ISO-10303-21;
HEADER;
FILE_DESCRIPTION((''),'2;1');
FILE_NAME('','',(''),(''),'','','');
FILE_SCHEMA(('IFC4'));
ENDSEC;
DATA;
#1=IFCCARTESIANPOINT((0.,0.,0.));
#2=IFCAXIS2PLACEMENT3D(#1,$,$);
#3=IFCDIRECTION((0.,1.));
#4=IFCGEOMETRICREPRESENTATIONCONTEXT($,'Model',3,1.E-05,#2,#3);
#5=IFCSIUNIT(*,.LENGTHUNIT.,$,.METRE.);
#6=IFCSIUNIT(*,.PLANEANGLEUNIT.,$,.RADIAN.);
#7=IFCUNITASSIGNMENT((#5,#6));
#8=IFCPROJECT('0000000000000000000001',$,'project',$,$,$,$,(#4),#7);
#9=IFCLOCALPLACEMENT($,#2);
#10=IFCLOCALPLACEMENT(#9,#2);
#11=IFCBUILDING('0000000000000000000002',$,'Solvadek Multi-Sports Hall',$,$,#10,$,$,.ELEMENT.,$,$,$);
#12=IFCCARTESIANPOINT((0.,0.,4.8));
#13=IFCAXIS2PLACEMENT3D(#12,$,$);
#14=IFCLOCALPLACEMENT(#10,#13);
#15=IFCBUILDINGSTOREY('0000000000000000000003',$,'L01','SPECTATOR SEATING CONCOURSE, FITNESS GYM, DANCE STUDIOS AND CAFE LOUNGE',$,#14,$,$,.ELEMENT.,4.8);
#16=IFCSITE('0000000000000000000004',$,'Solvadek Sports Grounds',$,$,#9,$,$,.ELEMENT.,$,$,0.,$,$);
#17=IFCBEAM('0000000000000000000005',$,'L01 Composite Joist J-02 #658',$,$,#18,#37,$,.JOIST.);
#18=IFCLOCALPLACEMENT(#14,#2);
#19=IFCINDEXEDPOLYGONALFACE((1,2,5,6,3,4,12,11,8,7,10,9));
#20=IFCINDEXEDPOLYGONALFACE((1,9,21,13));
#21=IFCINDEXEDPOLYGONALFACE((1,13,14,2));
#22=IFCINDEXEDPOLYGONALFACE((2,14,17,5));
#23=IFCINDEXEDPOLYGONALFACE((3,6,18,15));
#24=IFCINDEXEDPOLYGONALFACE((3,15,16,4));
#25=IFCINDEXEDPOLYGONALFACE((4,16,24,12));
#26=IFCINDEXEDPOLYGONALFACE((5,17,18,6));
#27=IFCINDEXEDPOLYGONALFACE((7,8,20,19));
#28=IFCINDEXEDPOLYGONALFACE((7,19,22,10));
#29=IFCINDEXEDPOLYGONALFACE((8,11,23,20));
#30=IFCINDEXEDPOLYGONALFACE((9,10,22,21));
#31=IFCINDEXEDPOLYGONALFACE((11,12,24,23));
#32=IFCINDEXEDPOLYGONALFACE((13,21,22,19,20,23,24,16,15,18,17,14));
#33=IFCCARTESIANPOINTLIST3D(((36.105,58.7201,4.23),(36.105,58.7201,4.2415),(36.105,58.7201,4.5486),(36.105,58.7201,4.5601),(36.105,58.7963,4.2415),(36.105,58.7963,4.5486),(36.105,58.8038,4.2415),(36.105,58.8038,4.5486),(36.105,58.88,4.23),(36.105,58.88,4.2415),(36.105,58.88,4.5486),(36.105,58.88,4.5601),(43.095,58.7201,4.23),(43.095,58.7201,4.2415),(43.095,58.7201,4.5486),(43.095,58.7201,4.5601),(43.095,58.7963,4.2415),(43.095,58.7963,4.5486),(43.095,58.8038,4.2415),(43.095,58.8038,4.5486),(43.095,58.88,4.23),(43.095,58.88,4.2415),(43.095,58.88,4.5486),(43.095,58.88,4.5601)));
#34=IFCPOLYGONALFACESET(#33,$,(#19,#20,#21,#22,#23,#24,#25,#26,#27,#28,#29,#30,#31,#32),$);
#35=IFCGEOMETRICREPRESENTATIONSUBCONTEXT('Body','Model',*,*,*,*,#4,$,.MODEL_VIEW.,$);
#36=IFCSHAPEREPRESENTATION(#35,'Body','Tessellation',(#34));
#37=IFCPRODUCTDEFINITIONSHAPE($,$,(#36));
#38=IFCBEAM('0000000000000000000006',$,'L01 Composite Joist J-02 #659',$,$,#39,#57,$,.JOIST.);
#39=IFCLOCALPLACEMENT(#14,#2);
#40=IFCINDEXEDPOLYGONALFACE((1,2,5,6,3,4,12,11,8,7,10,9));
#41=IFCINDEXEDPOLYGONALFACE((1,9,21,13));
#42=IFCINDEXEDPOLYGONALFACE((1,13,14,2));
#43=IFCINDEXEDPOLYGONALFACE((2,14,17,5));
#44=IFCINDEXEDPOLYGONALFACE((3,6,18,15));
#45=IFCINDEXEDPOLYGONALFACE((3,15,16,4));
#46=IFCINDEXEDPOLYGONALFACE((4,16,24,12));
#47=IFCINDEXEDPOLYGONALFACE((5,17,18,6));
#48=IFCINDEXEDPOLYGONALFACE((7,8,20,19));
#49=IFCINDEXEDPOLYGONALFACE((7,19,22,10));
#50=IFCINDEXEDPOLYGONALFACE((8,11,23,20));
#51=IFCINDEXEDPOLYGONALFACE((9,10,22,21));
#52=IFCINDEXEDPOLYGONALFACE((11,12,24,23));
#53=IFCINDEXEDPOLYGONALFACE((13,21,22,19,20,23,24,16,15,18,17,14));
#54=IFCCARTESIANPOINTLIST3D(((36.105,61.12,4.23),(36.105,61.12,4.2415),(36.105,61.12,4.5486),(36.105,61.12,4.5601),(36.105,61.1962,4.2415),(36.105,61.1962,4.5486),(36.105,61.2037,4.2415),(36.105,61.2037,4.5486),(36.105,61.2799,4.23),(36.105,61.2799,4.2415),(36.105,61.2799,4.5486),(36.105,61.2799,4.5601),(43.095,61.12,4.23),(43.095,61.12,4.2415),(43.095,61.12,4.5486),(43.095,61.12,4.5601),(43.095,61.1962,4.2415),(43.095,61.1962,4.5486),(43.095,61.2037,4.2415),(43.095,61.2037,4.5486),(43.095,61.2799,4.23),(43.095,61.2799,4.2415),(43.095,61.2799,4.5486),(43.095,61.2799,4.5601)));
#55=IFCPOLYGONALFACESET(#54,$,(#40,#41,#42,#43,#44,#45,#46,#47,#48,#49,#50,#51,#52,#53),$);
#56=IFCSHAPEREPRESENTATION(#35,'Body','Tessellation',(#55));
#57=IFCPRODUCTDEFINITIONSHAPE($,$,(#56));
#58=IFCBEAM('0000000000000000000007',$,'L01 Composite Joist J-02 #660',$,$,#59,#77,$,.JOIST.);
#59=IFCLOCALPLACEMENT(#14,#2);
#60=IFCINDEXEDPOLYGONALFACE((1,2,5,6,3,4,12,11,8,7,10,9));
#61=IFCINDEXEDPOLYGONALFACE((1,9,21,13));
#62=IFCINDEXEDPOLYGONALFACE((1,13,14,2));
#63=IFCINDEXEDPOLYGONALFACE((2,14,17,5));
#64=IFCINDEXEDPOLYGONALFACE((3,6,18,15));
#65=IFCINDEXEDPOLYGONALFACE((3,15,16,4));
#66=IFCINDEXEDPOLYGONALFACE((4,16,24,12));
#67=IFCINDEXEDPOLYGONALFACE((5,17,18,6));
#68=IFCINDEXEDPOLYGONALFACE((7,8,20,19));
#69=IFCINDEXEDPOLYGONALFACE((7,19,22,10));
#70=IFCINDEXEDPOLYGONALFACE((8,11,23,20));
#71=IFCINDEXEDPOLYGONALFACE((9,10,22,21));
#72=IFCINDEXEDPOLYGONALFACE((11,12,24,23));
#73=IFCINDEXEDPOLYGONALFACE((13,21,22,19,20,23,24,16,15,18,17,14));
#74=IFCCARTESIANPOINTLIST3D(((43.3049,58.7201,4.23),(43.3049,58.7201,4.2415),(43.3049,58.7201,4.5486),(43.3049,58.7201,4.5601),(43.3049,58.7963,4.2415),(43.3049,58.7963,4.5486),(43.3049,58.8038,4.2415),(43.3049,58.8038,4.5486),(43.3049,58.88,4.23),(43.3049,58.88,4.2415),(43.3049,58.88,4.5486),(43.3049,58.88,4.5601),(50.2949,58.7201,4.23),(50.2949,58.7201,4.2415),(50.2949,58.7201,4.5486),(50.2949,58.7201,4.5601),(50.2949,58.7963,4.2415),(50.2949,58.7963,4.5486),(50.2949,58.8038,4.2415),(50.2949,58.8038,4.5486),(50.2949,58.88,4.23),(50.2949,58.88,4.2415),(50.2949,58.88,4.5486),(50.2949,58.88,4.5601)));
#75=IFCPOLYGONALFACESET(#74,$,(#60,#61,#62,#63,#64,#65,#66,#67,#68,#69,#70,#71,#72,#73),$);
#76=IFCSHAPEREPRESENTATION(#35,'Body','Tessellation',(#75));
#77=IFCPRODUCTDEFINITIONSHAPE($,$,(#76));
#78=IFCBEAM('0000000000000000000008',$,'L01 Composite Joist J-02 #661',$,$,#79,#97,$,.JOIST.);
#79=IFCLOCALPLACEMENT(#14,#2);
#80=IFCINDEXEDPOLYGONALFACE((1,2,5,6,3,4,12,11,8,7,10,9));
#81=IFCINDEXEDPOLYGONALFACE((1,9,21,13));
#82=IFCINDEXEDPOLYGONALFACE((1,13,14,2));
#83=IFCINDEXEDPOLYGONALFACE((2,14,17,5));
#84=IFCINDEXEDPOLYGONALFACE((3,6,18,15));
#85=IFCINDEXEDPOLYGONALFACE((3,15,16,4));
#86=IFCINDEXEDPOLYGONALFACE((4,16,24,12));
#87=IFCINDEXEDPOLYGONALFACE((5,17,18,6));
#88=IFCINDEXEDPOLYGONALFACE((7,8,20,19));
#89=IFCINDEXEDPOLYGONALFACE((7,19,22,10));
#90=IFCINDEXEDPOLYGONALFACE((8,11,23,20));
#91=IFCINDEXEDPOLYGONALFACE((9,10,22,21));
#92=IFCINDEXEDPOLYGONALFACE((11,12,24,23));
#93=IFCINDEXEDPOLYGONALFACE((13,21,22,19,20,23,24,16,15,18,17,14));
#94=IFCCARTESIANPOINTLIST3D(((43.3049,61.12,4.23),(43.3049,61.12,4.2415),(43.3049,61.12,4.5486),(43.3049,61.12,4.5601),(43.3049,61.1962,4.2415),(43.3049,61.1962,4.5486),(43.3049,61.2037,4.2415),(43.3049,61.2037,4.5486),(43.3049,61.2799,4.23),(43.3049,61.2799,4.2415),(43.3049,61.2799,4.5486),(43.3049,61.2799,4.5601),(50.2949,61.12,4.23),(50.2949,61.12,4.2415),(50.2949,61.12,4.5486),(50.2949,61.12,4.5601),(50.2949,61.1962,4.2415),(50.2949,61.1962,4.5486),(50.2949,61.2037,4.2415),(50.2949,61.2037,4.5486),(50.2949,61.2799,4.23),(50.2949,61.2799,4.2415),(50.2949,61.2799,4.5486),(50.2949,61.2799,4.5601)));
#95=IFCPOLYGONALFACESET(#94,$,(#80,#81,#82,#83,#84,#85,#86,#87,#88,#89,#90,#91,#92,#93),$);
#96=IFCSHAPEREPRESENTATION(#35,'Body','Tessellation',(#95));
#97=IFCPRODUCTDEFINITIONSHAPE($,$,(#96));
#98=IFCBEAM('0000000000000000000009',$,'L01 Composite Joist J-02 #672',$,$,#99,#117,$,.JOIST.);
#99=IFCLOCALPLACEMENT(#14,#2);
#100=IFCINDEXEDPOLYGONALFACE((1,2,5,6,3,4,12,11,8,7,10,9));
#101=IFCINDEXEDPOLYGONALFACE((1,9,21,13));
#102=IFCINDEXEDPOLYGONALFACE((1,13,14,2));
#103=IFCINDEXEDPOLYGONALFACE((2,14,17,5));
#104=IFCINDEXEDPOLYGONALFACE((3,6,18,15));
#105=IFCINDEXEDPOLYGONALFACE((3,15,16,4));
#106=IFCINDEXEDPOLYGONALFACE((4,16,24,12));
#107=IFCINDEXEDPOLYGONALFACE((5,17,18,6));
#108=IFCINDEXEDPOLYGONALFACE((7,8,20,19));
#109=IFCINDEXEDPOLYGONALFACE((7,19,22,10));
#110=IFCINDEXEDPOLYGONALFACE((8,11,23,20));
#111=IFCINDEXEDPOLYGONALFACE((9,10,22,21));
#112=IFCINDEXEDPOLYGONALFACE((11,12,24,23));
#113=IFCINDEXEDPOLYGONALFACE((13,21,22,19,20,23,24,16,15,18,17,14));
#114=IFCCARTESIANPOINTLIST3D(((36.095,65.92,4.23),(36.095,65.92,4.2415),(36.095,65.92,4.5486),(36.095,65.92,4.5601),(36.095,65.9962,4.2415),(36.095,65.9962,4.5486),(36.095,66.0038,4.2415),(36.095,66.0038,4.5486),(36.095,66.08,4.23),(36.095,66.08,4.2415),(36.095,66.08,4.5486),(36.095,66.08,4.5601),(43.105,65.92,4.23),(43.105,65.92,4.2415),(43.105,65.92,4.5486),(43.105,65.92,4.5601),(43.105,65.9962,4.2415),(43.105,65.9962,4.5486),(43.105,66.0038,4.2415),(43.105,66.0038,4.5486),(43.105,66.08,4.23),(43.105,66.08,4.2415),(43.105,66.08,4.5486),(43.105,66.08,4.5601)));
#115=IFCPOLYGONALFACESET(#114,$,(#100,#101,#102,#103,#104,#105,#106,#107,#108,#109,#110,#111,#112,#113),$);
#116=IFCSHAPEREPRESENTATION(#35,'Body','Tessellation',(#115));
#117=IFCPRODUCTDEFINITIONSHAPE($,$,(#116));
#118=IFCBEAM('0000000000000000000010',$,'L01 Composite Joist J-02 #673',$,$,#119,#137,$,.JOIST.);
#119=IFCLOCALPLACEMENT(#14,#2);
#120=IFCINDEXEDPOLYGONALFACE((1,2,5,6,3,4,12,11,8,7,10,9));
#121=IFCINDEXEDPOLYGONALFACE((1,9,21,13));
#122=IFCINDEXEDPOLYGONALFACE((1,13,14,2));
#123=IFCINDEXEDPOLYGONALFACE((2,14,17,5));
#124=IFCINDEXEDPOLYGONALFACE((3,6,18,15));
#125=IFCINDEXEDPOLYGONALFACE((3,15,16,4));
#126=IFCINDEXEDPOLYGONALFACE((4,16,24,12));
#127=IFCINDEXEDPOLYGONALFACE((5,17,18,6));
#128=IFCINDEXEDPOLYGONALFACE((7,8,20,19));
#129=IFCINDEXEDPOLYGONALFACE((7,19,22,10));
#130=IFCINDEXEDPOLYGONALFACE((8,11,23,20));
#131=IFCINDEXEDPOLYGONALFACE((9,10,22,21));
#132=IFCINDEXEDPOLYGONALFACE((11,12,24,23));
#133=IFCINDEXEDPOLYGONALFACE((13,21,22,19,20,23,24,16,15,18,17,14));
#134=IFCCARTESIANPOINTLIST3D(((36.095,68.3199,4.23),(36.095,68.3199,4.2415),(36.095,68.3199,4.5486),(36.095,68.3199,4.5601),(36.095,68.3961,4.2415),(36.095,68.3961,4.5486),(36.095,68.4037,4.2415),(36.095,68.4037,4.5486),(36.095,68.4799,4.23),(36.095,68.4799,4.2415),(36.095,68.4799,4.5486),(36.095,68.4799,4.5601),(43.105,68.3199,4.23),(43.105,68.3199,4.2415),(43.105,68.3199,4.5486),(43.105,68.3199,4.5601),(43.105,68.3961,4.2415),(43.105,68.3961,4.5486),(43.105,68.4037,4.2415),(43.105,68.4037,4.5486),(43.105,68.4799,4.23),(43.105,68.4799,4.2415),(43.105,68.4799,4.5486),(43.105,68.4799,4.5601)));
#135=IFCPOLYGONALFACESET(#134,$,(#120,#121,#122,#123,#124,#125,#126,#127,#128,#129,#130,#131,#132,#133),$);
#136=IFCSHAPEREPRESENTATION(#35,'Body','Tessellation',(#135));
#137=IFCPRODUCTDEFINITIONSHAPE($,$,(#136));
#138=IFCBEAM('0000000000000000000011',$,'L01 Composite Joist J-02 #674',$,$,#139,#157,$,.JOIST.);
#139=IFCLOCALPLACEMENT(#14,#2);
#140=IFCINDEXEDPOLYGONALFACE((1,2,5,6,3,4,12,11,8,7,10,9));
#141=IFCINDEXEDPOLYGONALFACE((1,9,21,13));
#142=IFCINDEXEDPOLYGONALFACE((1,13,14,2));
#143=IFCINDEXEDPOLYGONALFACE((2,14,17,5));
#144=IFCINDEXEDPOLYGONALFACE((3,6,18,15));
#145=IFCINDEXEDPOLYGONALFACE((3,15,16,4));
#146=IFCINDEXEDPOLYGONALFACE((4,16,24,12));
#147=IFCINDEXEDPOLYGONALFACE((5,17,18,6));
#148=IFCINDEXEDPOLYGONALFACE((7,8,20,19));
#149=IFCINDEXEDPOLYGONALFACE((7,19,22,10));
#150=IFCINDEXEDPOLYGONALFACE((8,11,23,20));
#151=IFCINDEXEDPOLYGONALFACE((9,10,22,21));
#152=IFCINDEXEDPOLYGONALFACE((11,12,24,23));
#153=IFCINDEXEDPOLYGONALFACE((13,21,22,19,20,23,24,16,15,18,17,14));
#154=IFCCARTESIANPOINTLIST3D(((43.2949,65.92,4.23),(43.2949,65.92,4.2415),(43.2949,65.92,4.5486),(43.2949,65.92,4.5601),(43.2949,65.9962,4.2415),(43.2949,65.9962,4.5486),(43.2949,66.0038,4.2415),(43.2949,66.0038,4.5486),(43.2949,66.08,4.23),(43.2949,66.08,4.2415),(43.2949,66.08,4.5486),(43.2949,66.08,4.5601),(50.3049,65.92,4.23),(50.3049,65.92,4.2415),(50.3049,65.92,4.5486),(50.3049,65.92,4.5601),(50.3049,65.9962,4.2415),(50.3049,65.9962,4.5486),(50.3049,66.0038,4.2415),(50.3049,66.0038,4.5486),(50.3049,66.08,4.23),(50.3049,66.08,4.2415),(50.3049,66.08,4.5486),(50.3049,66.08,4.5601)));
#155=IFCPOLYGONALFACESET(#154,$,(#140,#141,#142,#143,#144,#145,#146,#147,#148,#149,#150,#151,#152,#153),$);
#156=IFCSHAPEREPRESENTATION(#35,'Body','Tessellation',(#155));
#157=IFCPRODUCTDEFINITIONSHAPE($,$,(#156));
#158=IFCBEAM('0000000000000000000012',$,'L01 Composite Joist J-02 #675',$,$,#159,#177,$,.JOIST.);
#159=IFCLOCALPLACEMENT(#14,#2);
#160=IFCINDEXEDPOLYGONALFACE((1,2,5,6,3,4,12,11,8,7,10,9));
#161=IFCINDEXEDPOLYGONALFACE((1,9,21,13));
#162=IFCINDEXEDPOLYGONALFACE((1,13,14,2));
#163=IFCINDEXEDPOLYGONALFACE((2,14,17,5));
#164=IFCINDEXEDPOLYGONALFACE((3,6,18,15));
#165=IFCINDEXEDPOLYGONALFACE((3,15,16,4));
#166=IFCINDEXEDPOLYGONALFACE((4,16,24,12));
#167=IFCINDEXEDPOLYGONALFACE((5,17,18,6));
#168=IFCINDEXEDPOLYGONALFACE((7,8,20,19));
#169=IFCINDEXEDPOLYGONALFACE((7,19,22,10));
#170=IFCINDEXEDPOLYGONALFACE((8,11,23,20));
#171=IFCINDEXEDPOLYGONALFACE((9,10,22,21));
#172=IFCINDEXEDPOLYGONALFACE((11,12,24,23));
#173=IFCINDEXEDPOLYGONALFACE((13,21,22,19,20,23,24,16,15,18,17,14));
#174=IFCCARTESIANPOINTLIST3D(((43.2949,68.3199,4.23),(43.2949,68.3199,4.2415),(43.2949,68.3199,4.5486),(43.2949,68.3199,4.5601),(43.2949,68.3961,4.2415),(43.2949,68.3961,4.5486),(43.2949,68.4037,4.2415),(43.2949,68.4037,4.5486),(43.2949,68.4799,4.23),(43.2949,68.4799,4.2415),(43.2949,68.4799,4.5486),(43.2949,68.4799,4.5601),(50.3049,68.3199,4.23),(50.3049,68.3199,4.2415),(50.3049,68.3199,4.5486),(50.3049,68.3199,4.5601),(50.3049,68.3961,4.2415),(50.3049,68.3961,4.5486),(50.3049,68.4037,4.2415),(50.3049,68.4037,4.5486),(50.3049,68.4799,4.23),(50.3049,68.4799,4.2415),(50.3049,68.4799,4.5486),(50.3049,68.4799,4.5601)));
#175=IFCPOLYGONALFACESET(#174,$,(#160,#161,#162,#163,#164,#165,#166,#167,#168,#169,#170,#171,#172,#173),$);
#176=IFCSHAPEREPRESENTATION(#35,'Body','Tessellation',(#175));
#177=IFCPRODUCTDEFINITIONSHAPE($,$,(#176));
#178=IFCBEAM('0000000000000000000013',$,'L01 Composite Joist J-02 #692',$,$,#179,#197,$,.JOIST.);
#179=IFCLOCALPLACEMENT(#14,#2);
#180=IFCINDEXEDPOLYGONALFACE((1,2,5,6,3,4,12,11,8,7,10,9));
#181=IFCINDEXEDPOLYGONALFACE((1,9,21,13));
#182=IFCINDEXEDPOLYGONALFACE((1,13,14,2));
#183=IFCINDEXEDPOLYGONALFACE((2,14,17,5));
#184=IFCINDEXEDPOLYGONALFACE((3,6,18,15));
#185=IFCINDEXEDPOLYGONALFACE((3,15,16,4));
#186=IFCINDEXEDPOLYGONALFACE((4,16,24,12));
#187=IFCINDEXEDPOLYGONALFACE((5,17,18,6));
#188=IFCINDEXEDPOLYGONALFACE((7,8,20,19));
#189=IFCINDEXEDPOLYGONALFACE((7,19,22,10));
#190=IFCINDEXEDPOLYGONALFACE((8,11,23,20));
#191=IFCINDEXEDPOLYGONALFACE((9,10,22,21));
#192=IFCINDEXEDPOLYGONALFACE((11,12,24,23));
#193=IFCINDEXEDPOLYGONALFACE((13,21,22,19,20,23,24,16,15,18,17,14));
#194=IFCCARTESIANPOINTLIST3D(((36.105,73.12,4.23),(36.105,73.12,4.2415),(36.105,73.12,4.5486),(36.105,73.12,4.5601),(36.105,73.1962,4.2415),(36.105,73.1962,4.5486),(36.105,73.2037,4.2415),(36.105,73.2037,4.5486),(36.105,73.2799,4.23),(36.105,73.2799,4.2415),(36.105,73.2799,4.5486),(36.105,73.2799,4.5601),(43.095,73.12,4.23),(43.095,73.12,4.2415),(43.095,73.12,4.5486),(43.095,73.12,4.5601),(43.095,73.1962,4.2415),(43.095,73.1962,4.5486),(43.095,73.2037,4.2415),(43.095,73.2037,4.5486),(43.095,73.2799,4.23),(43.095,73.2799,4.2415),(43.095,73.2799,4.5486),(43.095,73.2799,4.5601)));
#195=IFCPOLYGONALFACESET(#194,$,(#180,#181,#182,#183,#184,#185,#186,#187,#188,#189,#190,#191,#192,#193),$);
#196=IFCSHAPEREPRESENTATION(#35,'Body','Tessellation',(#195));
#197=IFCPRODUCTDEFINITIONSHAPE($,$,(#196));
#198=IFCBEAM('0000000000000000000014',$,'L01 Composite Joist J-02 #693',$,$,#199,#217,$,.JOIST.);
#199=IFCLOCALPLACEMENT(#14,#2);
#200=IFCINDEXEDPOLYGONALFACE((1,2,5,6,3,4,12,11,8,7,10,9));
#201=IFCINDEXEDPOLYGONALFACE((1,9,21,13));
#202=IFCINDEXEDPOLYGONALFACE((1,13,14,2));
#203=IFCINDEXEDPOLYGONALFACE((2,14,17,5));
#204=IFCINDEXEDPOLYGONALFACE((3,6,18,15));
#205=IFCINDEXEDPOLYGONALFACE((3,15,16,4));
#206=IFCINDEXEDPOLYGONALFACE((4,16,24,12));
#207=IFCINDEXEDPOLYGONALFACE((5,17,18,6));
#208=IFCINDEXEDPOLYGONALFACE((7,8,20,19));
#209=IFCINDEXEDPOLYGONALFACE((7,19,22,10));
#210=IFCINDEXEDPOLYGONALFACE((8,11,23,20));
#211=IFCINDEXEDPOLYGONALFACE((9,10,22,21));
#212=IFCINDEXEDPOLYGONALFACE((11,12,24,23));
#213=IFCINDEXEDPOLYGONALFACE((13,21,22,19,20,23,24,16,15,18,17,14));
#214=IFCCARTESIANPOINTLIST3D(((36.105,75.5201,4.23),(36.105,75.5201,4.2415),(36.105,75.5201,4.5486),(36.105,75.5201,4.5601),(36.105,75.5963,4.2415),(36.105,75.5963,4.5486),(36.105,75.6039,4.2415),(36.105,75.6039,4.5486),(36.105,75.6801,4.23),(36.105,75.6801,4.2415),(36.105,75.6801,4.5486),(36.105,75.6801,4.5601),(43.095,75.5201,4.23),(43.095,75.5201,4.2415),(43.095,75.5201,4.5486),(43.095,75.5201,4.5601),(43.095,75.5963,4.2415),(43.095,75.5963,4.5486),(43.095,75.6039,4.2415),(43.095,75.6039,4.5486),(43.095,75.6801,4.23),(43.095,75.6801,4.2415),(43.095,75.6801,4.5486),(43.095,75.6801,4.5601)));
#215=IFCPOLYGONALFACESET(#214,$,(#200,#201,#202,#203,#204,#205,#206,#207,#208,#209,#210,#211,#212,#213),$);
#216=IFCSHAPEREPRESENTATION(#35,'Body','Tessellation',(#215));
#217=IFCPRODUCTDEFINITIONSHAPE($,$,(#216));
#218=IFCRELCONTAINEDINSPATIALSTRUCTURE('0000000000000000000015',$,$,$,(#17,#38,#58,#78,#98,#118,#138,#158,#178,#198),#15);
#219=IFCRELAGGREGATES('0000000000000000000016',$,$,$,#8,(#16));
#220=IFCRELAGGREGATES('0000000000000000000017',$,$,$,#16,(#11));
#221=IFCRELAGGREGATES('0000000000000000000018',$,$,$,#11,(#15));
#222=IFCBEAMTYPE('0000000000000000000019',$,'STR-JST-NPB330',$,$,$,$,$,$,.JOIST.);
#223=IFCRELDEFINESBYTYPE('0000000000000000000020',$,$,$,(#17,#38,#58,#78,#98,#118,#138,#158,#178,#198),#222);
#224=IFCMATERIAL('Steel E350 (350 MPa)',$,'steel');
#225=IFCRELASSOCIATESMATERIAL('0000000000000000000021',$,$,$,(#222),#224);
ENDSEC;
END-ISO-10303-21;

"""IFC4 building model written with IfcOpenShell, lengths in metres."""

from ifc_helpers import new_model, si_unit, direction, frame, origin, origin_2d, place, context, subcontext, project, spatial, i_section, extrude, material, material_profile, profile_set, type_object, element, save


model = new_model("IFC4")

# Units and contexts
model_context = context("Model", 3, precision=1e-05, world=origin(), true_north=direction((0.0, 1.0)))
body_context = subcontext(model_context, "Body", "Model", "MODEL_VIEW")
ifc_project = project(units=[si_unit("LENGTHUNIT", "METRE"), si_unit("PLANEANGLEUNIT", "RADIAN")], contexts=[model_context])

# Site, building, storey
site_placement = place(None, origin())
site = spatial("IfcSite", under=ifc_project, at=site_placement, Name="Solvadek Sports Grounds", CompositionType="ELEMENT", RefElevation=0.0)
building_placement = place(site_placement, origin())
building = spatial("IfcBuilding", under=site, at=building_placement, Name="Solvadek Multi-Sports Hall", CompositionType="ELEMENT")
storey_placement = place(building_placement, frame((0.0, 0.0, 4.8)))
storey = spatial("IfcBuildingStorey", under=building, at=storey_placement, Name="L01", Description="SPECTATOR SEATING CONCOURSE, FITNESS GYM, DANCE STUDIOS AND CAFE LOUNGE", CompositionType="ELEMENT", Elevation=4.8)

# Shared definitions
ifc_material = material(Name="Steel E350 (350 MPa)", Category="steel")

# Beams
ifc_material_profile_1 = material_profile(ifc_material, i_section(OverallWidth=0.1599, OverallDepth=0.3301, WebThickness=0.0076, FlangeThickness=0.0115, at=origin_2d()), Name="NPB 330")
ifc_profile_set_1 = profile_set([ifc_material_profile_1], Name="Steel E350 (350 MPa)")
beam_type_1 = type_object("IfcBeamType", Name="STR-JST-NPB330", PredefinedType="JOIST", material=ifc_profile_set_1)
for number, where, z_axis, x_axis, name in (
    (1, (36.105, 58.8, 4.395), (1.0, 0.0, 0.0), (0.0, 1.0, 0.0), "L01 Composite Joist J-02 #658"),
    (2, (36.105, 61.2, 4.395), (1.0, 0.0, 0.0), (0.0, 1.0, 0.0), "L01 Composite Joist J-02 #659"),
    (3, (43.3049, 58.8, 4.395), (1.0, 0.0, 0.0), (0.0, 1.0, 0.0), "L01 Composite Joist J-02 #660"),
    (4, (43.3049, 61.2, 4.395), (1.0, 0.0, 0.0), (0.0, 1.0, 0.0), "L01 Composite Joist J-02 #661"),
):
    element("IfcBeam", number, at=place(storey_placement, frame(where, z_axis=z_axis, x_axis=x_axis)), inside=storey, type_object=beam_type_1, Name=name, PredefinedType="JOIST", context=body_context, shape_type="SweptSolid", body=[
        extrude(i_section(OverallWidth=0.1599, OverallDepth=0.3301, WebThickness=0.0076, FlangeThickness=0.0115, at=origin_2d()), origin(), (0.0, 0.0, 1.0), 6.99),
    ])
for number, where, z_axis, x_axis, name in (
    (5, (36.095, 66.0, 4.395), (1.0, 0.0, 0.0), (0.0, 1.0, 0.0), "L01 Composite Joist J-02 #672"),
    (6, (36.095, 68.3999, 4.395), (1.0, 0.0, 0.0), (0.0, 1.0, 0.0), "L01 Composite Joist J-02 #673"),
    (7, (43.2949, 66.0, 4.395), (1.0, 0.0, 0.0), (0.0, 1.0, 0.0), "L01 Composite Joist J-02 #674"),
    (8, (43.2949, 68.3999, 4.395), (1.0, 0.0, 0.0), (0.0, 1.0, 0.0), "L01 Composite Joist J-02 #675"),
):
    element("IfcBeam", number, at=place(storey_placement, frame(where, z_axis=z_axis, x_axis=x_axis)), inside=storey, type_object=beam_type_1, Name=name, PredefinedType="JOIST", context=body_context, shape_type="SweptSolid", body=[
        extrude(i_section(OverallWidth=0.1599, OverallDepth=0.3301, WebThickness=0.0076, FlangeThickness=0.0115, at=origin_2d()), origin(), (0.0, 0.0, 1.0), 7.01),
    ])
for number, where, z_axis, x_axis, name in (
    (9, (36.105, 73.2, 4.395), (1.0, 0.0, 0.0), (0.0, 1.0, 0.0), "L01 Composite Joist J-02 #692"),
    (10, (36.105, 75.6001, 4.395), (1.0, 0.0, 0.0), (0.0, 1.0, 0.0), "L01 Composite Joist J-02 #693"),
):
    element("IfcBeam", number, at=place(storey_placement, frame(where, z_axis=z_axis, x_axis=x_axis)), inside=storey, type_object=beam_type_1, Name=name, PredefinedType="JOIST", context=body_context, shape_type="SweptSolid", body=[
        extrude(i_section(OverallWidth=0.1599, OverallDepth=0.3301, WebThickness=0.0076, FlangeThickness=0.0115, at=origin_2d()), origin(), (0.0, 0.0, 1.0), 6.99),
    ])

save(model, "model.ifc")
